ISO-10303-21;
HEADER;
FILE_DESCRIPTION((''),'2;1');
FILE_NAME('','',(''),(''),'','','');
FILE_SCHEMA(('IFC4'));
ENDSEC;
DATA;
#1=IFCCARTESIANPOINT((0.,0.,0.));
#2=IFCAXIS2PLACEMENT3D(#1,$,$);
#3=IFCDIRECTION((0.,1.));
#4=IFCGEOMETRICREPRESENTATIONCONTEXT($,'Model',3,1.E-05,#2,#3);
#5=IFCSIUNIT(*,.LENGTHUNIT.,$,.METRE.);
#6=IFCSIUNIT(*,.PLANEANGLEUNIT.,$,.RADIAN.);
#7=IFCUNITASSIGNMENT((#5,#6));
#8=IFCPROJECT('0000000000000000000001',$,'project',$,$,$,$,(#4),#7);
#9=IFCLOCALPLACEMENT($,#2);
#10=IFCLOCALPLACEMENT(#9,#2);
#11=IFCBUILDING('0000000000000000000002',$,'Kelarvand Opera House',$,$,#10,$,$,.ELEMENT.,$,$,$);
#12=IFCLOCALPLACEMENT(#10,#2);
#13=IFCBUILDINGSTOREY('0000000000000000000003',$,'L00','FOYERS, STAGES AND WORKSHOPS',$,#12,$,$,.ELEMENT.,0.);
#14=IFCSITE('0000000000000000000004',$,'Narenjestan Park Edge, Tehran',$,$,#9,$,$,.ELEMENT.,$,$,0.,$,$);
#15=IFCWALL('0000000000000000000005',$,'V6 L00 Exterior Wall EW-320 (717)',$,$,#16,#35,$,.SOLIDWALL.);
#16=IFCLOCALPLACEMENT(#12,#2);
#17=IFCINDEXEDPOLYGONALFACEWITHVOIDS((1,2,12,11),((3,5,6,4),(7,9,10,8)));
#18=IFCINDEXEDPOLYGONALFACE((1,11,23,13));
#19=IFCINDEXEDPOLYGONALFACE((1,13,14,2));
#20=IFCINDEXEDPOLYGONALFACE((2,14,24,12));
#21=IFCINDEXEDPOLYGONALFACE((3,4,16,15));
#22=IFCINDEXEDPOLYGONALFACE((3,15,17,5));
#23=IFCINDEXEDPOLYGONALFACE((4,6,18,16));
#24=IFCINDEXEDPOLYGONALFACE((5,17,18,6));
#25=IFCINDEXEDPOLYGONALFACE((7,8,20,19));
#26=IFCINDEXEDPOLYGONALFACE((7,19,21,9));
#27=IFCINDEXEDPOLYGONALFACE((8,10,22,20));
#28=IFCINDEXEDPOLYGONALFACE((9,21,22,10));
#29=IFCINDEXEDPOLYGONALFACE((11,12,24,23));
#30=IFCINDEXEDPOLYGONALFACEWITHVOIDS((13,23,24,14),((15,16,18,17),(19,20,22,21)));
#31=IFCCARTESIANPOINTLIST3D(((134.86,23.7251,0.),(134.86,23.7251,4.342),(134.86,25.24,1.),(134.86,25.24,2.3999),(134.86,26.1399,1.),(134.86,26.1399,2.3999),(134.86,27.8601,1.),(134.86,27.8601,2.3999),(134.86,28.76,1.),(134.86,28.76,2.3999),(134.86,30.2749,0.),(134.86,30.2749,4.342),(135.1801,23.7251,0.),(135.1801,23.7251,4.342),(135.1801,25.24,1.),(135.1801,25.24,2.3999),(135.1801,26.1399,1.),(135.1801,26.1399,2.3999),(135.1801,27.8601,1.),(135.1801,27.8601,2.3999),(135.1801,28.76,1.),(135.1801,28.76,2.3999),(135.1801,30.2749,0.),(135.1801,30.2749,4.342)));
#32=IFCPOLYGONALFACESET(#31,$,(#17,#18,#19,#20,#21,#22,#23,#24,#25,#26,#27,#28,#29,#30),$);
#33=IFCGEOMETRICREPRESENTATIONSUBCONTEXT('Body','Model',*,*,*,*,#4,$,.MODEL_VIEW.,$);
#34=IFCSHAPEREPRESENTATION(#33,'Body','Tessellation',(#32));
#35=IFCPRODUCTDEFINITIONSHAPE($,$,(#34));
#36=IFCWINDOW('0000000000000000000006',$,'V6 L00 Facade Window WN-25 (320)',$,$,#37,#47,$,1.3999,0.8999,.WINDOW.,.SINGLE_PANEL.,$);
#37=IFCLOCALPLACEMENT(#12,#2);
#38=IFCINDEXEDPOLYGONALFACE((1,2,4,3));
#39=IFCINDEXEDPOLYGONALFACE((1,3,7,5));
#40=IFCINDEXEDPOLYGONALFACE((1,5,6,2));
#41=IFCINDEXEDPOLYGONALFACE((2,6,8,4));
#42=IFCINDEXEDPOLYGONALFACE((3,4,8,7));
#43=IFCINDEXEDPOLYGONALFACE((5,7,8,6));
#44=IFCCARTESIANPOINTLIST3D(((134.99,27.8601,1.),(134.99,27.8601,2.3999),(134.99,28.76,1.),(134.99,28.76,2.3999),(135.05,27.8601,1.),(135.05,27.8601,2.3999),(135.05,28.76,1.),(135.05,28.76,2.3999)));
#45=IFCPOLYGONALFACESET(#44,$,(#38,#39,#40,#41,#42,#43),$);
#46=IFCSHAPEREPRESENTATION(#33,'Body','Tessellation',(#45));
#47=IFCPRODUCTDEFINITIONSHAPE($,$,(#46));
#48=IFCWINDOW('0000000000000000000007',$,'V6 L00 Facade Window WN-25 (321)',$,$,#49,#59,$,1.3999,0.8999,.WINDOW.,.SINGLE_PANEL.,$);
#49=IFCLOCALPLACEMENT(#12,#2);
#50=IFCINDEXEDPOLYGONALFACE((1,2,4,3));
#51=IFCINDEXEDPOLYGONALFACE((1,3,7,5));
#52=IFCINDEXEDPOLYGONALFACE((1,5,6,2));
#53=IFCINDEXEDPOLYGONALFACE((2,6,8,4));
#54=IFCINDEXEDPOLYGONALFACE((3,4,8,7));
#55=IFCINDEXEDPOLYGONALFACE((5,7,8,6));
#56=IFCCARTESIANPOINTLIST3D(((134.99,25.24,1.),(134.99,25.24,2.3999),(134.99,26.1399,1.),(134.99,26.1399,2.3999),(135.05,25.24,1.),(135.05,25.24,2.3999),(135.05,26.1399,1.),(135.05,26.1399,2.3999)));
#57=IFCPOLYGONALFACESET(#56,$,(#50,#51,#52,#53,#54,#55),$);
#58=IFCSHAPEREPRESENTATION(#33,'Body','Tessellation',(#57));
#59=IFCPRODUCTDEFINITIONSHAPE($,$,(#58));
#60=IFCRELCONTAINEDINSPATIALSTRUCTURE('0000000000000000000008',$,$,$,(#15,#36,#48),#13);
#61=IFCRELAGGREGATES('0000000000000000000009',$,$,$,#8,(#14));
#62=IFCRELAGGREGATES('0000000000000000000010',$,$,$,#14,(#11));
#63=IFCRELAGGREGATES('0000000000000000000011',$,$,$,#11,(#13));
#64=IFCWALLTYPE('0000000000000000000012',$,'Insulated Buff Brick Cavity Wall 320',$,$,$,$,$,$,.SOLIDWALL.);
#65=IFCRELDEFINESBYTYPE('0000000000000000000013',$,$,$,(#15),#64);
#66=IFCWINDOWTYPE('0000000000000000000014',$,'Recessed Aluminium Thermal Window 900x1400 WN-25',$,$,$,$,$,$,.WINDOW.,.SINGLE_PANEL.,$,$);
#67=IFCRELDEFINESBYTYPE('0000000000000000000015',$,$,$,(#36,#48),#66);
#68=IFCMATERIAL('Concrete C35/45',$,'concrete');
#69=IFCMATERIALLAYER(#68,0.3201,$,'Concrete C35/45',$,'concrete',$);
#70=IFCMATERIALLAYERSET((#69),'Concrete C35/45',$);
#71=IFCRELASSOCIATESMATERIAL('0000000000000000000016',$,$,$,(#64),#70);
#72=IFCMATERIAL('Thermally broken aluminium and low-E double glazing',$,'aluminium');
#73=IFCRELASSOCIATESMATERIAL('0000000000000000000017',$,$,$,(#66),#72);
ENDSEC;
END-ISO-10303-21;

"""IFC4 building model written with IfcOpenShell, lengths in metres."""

from ifc_helpers import new_model, si_unit, direction, frame, frame_2d, origin, place, context, subcontext, project, spatial, rectangle, extrude, material, layer, layer_set, type_object, element, fill, save


model = new_model("IFC4")

# Units and contexts
model_context = context("Model", 3, precision=1e-05, world=origin(), true_north=direction((0.0, 1.0)))
body_context = subcontext(model_context, "Body", "Model", "MODEL_VIEW")
ifc_project = project(units=[si_unit("LENGTHUNIT", "METRE"), si_unit("PLANEANGLEUNIT", "RADIAN")], contexts=[model_context])

# Site, building, storey
site_placement = place(None, origin())
site = spatial("IfcSite", under=ifc_project, at=site_placement, Name="Narenjestan Park Edge, Tehran", CompositionType="ELEMENT", RefElevation=0.0)
building_placement = place(site_placement, origin())
building = spatial("IfcBuilding", under=site, at=building_placement, Name="Kelarvand Opera House", CompositionType="ELEMENT")
storey_placement = place(building_placement, origin())
storey = spatial("IfcBuildingStorey", under=building, at=storey_placement, Name="L00", Description="FOYERS, STAGES AND WORKSHOPS", CompositionType="ELEMENT", Elevation=0.0)

# Shared definitions
ifc_material_1 = material(Name="Concrete C35/45", Category="concrete")
ifc_layer = layer(ifc_material_1, 0.3201, Name="Concrete C35/45", Category="concrete")
ifc_layer_set = layer_set([ifc_layer], Name="Concrete C35/45")
wall_type = type_object("IfcWallType", Name="Insulated Buff Brick Cavity Wall 320", PredefinedType="SOLIDWALL", material=ifc_layer_set)

# Wall, openings, windows
ifc_material_2 = material(Name="Thermally broken aluminium and low-E double glazing", Category="aluminium")
wall_1_placement = place(storey_placement, frame((135.02, 30.2749, 0.0), z_axis=(0.0, 0.0, 1.0), x_axis=(0.0, -1.0, 0.0)))
wall_1 = element("IfcWall", 1, at=wall_1_placement, inside=storey, type_object=wall_type, Name="V6 L00 Exterior Wall EW-320 (717)", PredefinedType="SOLIDWALL", context=body_context, shape_type="SweptSolid", body=[
    extrude(rectangle(XDim=6.5498, YDim=0.3201, at=frame_2d((3.2749, 0.0))), origin(), (0.0, 0.0, 1.0), 4.342),
])
opening_1_placement = place(wall_1_placement, frame((1.5149, 0.0, 1.0)))
opening_1 = element("IfcOpeningElement", 2, at=opening_1_placement, cuts=wall_1, PredefinedType="OPENING", context=body_context, shape_type="SweptSolid", body=[
    extrude(rectangle(XDim=0.8999, YDim=1.3999, at=frame_2d((0.45, 0.7))), frame((0.0, 0.1699, 0.0), z_axis=(0.0, -1.0, 0.0), x_axis=(1.0, 0.0, 0.0)), (0.0, 0.0, 1.0), 0.3401),
])
opening_2_placement = place(wall_1_placement, frame((4.135, 0.0, 1.0)))
opening_2 = element("IfcOpeningElement", 3, at=opening_2_placement, cuts=wall_1, PredefinedType="OPENING", context=body_context, shape_type="SweptSolid", body=[
    extrude(rectangle(XDim=0.8999, YDim=1.3999, at=frame_2d((0.45, 0.7))), frame((0.0, 0.1699, 0.0), z_axis=(0.0, -1.0, 0.0), x_axis=(1.0, 0.0, 0.0)), (0.0, 0.0, 1.0), 0.3401),
])
window_type_1 = type_object("IfcWindowType", Name="Recessed Aluminium Thermal Window 900x1400 WN-25", PartitioningType="SINGLE_PANEL", PredefinedType="WINDOW", material=ifc_material_2)
window_1_placement = place(opening_1_placement, origin())
window_1 = element("IfcWindow", 4, at=window_1_placement, inside=storey, type_object=window_type_1, Name="V6 L00 Facade Window WN-25 (320)", OverallHeight=1.3999, OverallWidth=0.8999, PartitioningType="SINGLE_PANEL", PredefinedType="WINDOW", context=body_context, shape_type="SweptSolid", body=[
    extrude(rectangle(XDim=0.8999, YDim=1.3999, at=frame_2d((0.45, 0.7))), frame((0.0, 0.03, 0.0), z_axis=(0.0, -1.0, 0.0), x_axis=(1.0, 0.0, 0.0)), (0.0, 0.0, 1.0), 0.0601),
])
fill(opening_1, window_1)
window_2_placement = place(opening_2_placement, origin())
window_2 = element("IfcWindow", 5, at=window_2_placement, inside=storey, type_object=window_type_1, Name="V6 L00 Facade Window WN-25 (321)", OverallHeight=1.3999, OverallWidth=0.8999, PartitioningType="SINGLE_PANEL", PredefinedType="WINDOW", context=body_context, shape_type="SweptSolid", body=[
    extrude(rectangle(XDim=0.8999, YDim=1.3999, at=frame_2d((0.45, 0.7))), frame((0.0, 0.03, 0.0), z_axis=(0.0, -1.0, 0.0), x_axis=(1.0, 0.0, 0.0)), (0.0, 0.0, 1.0), 0.0601),
])
fill(opening_2, window_2)

save(model, "model.ifc")
